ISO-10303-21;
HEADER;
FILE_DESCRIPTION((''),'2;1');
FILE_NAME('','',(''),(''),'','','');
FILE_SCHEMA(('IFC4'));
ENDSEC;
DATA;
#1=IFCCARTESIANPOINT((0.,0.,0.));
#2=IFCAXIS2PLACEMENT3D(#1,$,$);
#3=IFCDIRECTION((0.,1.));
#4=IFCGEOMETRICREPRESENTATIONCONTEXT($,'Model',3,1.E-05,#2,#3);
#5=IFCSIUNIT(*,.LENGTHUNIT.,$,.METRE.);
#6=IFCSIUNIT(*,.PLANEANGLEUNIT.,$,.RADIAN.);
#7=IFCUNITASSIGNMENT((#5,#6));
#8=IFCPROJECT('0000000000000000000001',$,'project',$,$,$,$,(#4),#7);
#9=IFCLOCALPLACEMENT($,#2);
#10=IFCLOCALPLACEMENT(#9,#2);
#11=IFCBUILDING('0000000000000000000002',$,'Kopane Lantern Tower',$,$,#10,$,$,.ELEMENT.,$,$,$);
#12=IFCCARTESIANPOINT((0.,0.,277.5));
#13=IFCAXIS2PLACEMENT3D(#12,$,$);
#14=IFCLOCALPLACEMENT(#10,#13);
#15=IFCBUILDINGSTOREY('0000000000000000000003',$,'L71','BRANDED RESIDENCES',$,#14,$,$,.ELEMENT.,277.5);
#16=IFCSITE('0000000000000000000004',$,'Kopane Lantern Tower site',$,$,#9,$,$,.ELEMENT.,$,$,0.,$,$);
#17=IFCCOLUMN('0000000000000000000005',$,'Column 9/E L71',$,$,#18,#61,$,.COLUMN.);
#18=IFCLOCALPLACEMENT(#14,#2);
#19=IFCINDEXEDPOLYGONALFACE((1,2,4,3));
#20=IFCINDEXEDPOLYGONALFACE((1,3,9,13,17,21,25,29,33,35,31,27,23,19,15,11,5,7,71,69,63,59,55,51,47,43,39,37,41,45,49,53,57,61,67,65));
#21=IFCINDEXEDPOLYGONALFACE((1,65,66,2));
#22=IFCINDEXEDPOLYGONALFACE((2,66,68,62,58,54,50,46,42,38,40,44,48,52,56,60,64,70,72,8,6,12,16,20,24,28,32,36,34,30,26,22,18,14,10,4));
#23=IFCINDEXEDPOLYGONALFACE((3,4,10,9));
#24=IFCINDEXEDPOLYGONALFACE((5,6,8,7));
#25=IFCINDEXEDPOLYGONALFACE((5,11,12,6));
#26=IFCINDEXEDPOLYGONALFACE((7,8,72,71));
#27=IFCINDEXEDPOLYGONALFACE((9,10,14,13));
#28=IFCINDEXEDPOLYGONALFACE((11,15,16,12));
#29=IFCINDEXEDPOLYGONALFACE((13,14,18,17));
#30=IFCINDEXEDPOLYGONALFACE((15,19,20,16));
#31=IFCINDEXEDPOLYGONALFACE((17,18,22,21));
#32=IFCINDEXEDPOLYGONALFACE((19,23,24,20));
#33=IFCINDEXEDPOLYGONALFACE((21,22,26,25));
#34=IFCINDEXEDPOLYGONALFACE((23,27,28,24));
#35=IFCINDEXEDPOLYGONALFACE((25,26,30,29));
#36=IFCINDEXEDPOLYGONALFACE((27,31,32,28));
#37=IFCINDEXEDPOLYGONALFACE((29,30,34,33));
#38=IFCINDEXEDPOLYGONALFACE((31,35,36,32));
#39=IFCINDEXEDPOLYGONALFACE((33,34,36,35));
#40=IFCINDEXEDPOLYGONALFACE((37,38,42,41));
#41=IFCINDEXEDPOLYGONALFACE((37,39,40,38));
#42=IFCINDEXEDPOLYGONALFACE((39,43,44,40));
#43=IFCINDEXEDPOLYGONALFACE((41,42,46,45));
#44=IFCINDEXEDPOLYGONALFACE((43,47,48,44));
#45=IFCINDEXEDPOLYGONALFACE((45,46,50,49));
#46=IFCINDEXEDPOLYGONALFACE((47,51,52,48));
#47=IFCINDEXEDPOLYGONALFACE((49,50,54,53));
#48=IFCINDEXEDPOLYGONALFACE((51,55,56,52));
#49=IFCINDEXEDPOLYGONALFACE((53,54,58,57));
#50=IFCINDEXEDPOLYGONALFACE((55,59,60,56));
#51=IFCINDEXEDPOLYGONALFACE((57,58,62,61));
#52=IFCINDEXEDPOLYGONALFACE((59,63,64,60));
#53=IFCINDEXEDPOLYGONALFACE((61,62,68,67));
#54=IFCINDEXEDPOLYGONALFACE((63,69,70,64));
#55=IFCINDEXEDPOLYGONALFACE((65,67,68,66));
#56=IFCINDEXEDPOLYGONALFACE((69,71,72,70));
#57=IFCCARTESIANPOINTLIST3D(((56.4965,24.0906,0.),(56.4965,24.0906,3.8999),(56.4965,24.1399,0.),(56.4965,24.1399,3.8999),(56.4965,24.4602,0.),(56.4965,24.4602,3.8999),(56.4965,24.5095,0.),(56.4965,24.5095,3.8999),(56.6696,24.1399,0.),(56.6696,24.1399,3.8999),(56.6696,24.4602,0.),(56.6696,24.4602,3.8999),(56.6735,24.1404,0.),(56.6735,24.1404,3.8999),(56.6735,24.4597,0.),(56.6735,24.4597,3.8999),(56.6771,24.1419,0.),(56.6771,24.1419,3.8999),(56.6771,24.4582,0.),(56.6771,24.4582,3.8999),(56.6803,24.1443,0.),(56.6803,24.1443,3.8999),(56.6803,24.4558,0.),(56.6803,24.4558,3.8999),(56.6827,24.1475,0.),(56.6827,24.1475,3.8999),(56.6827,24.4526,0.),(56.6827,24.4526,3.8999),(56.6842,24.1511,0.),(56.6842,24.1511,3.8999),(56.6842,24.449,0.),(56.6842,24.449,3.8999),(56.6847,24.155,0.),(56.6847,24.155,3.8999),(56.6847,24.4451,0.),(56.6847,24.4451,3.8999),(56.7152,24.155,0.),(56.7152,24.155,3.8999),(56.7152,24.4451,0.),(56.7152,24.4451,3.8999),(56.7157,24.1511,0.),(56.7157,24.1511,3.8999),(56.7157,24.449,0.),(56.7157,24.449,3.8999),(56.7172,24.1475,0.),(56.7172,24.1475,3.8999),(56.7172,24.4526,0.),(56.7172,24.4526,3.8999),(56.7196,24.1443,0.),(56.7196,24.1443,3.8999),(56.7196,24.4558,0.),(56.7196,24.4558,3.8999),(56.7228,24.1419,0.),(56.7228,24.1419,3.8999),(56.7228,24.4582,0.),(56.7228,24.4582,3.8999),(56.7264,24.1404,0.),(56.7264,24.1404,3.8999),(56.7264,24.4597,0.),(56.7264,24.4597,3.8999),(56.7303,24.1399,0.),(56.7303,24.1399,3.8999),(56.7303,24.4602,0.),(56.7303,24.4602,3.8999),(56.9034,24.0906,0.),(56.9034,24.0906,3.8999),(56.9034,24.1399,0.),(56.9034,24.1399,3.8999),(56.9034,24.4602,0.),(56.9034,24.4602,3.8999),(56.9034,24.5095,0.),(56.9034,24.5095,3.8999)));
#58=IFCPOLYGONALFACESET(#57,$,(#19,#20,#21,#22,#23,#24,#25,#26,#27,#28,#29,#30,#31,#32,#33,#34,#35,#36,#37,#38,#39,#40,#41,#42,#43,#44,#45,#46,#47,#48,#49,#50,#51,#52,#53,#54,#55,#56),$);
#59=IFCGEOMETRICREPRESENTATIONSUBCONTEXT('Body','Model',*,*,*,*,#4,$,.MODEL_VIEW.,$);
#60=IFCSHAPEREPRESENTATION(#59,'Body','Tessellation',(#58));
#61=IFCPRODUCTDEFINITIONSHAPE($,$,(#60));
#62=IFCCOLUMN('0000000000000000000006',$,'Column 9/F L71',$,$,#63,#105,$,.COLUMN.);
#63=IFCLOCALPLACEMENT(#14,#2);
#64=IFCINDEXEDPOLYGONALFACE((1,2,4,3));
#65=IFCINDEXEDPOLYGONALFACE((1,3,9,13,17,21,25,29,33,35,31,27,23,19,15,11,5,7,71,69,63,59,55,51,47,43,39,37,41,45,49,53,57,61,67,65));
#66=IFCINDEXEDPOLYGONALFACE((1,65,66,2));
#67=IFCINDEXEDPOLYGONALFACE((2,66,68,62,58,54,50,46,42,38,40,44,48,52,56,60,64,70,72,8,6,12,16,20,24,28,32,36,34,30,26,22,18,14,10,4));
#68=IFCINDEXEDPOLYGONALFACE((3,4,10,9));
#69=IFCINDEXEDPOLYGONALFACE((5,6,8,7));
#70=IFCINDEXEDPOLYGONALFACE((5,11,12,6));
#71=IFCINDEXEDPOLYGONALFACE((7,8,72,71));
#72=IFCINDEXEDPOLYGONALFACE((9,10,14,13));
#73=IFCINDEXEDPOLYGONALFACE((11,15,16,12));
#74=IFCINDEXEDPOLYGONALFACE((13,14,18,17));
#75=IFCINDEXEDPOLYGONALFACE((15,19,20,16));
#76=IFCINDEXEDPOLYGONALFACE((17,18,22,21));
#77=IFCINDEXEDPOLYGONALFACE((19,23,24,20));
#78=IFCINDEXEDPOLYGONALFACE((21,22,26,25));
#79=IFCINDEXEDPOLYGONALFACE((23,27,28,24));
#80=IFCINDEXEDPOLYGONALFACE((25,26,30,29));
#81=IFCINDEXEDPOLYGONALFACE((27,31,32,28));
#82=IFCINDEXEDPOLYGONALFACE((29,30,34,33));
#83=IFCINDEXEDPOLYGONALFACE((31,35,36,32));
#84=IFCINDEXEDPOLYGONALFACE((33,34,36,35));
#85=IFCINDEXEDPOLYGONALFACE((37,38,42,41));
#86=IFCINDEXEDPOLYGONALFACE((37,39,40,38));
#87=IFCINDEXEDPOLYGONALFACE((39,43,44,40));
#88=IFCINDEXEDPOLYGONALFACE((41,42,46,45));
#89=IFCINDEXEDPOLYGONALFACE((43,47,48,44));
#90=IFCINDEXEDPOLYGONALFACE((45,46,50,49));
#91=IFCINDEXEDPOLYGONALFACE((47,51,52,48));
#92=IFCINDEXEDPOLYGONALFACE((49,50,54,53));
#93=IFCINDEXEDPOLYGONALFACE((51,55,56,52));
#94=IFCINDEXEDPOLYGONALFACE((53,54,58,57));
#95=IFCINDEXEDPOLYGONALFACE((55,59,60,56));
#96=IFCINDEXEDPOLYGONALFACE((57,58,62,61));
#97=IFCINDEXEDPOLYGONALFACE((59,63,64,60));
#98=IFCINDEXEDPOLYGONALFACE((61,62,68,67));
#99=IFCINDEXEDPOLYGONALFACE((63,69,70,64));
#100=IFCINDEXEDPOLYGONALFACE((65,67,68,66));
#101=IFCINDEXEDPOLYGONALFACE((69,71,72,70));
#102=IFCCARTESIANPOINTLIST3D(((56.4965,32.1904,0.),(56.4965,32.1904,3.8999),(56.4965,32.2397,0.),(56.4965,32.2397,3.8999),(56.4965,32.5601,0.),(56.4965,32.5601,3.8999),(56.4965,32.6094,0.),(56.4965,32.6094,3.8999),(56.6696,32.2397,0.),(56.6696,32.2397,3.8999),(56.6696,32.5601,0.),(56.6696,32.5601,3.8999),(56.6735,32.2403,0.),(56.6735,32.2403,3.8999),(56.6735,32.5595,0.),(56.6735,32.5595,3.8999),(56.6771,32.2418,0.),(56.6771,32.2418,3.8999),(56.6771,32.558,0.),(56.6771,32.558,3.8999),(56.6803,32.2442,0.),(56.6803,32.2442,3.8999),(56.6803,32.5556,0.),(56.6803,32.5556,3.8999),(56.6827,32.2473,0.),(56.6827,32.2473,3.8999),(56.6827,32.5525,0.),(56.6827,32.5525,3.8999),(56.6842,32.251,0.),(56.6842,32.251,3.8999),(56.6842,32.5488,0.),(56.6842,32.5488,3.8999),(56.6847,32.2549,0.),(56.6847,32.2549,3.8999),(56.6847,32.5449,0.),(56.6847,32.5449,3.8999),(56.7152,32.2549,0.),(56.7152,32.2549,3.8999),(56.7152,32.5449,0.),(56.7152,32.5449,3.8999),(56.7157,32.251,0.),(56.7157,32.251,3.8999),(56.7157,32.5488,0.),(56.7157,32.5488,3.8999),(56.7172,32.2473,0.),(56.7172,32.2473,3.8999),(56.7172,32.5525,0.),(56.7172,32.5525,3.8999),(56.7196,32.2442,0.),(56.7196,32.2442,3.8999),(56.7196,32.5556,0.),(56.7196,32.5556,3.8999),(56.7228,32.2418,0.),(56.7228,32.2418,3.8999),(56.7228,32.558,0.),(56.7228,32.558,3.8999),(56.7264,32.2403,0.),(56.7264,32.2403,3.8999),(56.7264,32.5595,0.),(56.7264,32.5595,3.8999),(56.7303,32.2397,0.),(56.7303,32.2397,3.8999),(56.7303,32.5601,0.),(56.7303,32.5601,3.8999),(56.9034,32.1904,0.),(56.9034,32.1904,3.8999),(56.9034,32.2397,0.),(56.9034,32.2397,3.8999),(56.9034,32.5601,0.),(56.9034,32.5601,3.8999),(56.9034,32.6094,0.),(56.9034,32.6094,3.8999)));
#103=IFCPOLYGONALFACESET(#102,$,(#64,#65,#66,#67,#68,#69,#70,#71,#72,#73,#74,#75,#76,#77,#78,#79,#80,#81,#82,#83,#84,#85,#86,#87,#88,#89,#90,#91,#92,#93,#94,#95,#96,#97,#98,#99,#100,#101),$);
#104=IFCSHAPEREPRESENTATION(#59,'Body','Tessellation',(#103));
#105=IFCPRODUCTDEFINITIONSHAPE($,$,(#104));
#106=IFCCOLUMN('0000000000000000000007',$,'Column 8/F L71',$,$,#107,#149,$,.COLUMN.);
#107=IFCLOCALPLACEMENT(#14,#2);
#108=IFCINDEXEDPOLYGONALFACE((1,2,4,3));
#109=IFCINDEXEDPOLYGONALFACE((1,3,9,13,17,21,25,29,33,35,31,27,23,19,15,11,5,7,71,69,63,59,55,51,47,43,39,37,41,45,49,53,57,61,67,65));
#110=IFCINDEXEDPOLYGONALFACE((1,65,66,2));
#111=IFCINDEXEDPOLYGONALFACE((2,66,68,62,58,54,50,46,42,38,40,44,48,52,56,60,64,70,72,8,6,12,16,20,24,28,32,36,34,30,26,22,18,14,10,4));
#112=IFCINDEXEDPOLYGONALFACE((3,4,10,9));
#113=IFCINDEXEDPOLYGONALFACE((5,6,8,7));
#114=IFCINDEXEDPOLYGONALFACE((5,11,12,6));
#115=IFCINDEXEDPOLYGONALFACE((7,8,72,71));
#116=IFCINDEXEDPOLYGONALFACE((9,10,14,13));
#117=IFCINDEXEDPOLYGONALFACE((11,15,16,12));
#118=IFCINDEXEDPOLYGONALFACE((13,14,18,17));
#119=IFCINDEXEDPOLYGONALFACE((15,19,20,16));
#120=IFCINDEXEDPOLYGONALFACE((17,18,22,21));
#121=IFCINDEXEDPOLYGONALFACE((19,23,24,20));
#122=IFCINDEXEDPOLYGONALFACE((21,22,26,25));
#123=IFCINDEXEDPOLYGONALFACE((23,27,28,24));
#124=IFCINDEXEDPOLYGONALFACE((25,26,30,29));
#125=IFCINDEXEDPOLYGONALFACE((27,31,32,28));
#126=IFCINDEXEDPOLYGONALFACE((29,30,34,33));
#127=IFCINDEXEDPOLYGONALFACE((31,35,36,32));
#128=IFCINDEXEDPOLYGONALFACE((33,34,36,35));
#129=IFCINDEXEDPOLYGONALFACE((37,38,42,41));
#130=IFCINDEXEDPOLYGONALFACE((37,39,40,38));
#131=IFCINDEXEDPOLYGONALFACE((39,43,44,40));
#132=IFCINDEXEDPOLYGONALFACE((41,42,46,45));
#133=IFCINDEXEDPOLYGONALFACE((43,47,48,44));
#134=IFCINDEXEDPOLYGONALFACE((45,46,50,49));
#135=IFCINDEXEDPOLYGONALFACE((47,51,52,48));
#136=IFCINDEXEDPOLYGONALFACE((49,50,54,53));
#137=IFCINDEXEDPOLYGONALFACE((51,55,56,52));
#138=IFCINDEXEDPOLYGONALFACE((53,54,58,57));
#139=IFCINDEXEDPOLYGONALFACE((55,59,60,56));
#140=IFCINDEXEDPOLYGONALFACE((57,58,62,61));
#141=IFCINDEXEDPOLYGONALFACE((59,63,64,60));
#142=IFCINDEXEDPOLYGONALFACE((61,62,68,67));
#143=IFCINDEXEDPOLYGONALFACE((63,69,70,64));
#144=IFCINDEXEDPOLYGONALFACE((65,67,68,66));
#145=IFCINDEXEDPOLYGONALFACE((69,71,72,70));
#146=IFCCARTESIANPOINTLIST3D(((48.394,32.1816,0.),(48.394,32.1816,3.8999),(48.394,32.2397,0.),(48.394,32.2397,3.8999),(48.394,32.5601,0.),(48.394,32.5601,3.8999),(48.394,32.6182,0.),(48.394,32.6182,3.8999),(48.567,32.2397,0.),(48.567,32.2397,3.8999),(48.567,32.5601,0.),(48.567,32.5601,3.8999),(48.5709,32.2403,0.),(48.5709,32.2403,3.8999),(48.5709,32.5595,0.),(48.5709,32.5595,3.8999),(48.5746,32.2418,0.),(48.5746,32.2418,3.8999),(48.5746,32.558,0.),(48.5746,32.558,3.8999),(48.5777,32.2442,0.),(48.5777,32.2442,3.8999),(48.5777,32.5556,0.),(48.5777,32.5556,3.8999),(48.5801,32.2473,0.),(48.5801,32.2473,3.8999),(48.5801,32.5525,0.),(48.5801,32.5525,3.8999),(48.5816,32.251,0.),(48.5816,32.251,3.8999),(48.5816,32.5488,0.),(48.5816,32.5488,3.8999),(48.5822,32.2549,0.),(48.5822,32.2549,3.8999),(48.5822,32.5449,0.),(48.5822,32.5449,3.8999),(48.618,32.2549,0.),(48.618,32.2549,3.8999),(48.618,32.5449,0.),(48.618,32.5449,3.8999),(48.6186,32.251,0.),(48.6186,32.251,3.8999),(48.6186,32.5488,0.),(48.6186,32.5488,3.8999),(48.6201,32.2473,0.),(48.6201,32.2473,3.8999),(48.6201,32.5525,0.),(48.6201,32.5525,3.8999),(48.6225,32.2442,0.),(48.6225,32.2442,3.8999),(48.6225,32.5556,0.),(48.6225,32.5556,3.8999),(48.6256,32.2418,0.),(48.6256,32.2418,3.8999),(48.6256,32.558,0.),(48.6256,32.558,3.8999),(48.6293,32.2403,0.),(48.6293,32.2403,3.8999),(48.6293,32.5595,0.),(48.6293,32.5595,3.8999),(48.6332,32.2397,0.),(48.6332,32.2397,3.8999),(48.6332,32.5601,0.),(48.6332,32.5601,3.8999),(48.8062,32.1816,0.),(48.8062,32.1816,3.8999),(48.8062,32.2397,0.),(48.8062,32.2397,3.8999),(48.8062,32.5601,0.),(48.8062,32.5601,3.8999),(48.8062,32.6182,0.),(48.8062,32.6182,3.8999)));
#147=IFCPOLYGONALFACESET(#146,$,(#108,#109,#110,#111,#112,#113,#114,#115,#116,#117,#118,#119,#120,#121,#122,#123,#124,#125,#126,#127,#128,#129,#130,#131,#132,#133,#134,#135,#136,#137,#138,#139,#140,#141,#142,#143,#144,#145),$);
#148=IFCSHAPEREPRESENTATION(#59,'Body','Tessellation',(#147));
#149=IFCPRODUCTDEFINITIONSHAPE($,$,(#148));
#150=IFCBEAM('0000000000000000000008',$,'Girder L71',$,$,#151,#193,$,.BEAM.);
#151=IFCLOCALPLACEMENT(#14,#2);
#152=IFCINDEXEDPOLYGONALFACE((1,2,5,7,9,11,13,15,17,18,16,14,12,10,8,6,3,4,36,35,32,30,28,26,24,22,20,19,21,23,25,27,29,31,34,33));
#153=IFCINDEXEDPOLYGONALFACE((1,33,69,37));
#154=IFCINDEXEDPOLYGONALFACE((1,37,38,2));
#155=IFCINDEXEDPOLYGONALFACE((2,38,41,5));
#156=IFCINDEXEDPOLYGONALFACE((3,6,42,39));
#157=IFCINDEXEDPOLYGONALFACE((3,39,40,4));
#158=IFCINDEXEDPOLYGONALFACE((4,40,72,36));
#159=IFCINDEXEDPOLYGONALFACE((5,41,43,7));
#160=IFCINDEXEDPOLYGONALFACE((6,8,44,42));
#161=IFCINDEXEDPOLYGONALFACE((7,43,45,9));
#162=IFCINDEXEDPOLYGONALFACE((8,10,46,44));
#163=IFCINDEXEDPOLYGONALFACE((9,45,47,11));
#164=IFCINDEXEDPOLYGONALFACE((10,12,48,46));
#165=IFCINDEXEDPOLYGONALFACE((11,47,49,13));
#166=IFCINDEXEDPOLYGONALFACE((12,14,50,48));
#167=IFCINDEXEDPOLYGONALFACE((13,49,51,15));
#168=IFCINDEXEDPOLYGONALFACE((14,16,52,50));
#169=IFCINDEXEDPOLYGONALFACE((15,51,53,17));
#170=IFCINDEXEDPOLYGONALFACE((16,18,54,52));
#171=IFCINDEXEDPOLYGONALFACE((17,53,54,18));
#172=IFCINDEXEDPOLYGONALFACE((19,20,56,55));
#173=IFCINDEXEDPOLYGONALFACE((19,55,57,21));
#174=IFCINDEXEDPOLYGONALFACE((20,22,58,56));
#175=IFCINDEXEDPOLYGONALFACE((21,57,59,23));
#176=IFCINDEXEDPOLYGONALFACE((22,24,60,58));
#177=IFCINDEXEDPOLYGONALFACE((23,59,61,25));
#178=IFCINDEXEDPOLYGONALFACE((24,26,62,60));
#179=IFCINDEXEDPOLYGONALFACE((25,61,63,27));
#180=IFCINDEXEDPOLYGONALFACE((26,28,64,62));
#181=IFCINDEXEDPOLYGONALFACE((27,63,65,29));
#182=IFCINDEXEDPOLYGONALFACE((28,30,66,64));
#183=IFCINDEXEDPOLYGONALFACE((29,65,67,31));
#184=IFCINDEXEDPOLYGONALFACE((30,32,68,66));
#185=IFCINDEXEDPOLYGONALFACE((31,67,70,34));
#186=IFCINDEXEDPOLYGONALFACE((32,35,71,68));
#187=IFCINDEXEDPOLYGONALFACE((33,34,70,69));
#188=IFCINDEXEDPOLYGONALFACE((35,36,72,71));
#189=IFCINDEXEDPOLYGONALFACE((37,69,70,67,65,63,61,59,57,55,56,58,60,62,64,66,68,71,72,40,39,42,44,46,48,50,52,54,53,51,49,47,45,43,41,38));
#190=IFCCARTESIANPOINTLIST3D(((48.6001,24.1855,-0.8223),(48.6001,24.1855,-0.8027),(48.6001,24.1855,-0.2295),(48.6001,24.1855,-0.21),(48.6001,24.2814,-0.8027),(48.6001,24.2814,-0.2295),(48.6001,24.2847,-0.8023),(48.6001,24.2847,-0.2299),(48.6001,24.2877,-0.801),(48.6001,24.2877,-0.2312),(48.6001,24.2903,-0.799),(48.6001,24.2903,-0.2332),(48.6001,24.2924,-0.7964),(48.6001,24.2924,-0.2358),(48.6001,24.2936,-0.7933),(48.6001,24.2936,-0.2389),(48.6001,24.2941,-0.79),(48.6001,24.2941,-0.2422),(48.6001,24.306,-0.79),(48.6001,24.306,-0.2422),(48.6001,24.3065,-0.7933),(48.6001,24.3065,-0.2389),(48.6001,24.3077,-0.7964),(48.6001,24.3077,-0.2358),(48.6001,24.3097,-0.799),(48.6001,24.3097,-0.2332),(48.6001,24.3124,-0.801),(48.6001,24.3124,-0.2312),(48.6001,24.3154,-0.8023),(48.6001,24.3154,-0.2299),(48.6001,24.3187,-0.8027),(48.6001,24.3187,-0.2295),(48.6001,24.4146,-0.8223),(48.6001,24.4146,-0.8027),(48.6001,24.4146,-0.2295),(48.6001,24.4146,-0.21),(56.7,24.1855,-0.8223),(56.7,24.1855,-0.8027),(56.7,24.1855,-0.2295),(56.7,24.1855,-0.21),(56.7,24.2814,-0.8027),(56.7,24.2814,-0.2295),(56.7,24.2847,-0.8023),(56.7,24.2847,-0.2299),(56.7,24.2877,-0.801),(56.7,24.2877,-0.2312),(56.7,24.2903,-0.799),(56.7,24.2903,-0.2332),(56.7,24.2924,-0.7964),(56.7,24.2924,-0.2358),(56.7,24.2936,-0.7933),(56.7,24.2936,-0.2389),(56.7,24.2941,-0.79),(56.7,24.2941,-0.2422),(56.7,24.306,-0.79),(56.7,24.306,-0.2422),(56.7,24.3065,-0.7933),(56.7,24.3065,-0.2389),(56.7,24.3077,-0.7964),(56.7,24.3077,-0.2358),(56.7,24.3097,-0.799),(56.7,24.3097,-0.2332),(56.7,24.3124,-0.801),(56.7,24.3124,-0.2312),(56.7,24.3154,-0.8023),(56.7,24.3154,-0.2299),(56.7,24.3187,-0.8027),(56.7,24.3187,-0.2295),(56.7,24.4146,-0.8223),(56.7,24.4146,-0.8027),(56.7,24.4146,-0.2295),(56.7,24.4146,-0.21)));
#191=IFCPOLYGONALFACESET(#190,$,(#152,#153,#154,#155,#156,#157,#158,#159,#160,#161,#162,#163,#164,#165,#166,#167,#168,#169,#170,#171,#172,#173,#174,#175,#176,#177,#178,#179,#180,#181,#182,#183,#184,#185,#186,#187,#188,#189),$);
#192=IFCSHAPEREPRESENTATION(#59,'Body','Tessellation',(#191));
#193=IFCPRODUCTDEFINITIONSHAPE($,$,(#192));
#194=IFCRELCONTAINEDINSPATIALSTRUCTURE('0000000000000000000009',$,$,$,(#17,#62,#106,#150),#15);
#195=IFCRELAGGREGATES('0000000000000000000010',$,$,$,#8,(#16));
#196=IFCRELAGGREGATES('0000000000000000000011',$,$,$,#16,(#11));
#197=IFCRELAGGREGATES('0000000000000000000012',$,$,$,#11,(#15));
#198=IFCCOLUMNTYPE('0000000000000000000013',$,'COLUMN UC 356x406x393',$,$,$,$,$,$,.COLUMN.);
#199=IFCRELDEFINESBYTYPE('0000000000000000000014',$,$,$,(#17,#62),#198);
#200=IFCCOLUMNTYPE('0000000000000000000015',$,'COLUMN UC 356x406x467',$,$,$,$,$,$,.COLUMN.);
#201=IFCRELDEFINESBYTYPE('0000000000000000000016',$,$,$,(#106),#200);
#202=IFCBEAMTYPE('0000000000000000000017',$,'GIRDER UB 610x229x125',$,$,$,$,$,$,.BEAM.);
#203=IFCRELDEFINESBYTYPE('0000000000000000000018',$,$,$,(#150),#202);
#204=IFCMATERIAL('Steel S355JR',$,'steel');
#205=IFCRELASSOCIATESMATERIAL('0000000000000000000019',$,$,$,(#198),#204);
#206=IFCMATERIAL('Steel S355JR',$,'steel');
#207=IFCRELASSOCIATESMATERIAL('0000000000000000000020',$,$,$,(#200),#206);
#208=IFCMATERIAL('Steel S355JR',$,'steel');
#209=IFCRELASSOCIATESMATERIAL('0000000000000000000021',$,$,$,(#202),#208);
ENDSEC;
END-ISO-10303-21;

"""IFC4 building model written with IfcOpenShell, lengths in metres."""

from ifc_helpers import new_model, si_unit, direction, frame, origin, origin_2d, place, context, subcontext, project, spatial, i_section, extrude, material, material_profile, profile_set, type_object, element, save


model = new_model("IFC4")

# Units and contexts
model_context = context("Model", 3, precision=1e-05, world=origin(), true_north=direction((0.0, 1.0)))
body_context = subcontext(model_context, "Body", "Model", "MODEL_VIEW")
ifc_project = project(units=[si_unit("LENGTHUNIT", "METRE"), si_unit("PLANEANGLEUNIT", "RADIAN")], contexts=[model_context])

# Site, building, storey
site_placement = place(None, origin())
site = spatial("IfcSite", under=ifc_project, at=site_placement, Name="Kopane Lantern Tower site", CompositionType="ELEMENT", RefElevation=0.0)
building_placement = place(site_placement, origin())
building = spatial("IfcBuilding", under=site, at=building_placement, Name="Kopane Lantern Tower", CompositionType="ELEMENT")
storey_placement = place(building_placement, frame((0.0, 0.0, 277.5)))
storey = spatial("IfcBuildingStorey", under=building, at=storey_placement, Name="L71", Description="BRANDED RESIDENCES", CompositionType="ELEMENT", Elevation=277.5)

# Columns
ifc_material_1 = material(Name="Steel S355JR", Category="steel")
ifc_material_profile_1 = material_profile(ifc_material_1, i_section(OverallWidth=0.407, OverallDepth=0.4189, WebThickness=0.0305, FlangeThickness=0.0493, FilletRadius=0.0151, at=origin_2d()), Name="UC 356x406x393")
ifc_profile_set_1 = profile_set([ifc_material_profile_1], Name="Steel S355JR")
column_type_1 = type_object("IfcColumnType", Name="COLUMN UC 356x406x393", PredefinedType="COLUMN", material=ifc_profile_set_1)
for number, where, z_axis, x_axis, name in (
    (1, (56.7, 24.3, 0.0), (0.0, 0.0, 1.0), (1.0, 0.0, 0.0), "Column 9/E L71"),
    (2, (56.7, 32.3999, 0.0), (0.0, 0.0, 1.0), (1.0, 0.0, 0.0), "Column 9/F L71"),
):
    element("IfcColumn", number, at=place(storey_placement, frame(where, z_axis=z_axis, x_axis=x_axis)), inside=storey, type_object=column_type_1, Name=name, PredefinedType="COLUMN", context=body_context, shape_type="SweptSolid", body=[
        extrude(i_section(OverallWidth=0.407, OverallDepth=0.4189, WebThickness=0.0305, FlangeThickness=0.0493, FilletRadius=0.0151, at=origin_2d()), origin(), (0.0, 0.0, 1.0), 3.8999),
    ])
ifc_material_2 = material(Name="Steel S355JR", Category="steel")
ifc_material_profile_2 = material_profile(ifc_material_2, i_section(OverallWidth=0.4121, OverallDepth=0.4365, WebThickness=0.0359, FlangeThickness=0.0581, FilletRadius=0.0151, at=origin_2d()), Name="UC 356x406x467")
ifc_profile_set_2 = profile_set([ifc_material_profile_2], Name="Steel S355JR")
column_type_2 = type_object("IfcColumnType", Name="COLUMN UC 356x406x467", PredefinedType="COLUMN", material=ifc_profile_set_2)
column_placement = place(storey_placement, frame((48.6001, 32.3999, 0.0), z_axis=(0.0, 0.0, 1.0), x_axis=(1.0, 0.0, 0.0)))
element("IfcColumn", 3, at=column_placement, inside=storey, type_object=column_type_2, Name="Column 8/F L71", PredefinedType="COLUMN", context=body_context, shape_type="SweptSolid", body=[
    extrude(i_section(OverallWidth=0.4121, OverallDepth=0.4365, WebThickness=0.0359, FlangeThickness=0.0581, FilletRadius=0.0151, at=origin_2d()), origin(), (0.0, 0.0, 1.0), 3.8999),
])

# Beam
ifc_material_3 = material(Name="Steel S355JR", Category="steel")
ifc_material_profile_3 = material_profile(ifc_material_3, i_section(OverallWidth=0.229, OverallDepth=0.6123, WebThickness=0.012, FlangeThickness=0.0195, FilletRadius=0.0127, at=origin_2d()), Name="UB 610x229x125")
ifc_profile_set_3 = profile_set([ifc_material_profile_3], Name="Steel S355JR")
beam_type = type_object("IfcBeamType", Name="GIRDER UB 610x229x125", PredefinedType="BEAM", material=ifc_profile_set_3)
beam_1_placement = place(storey_placement, frame((48.6001, 24.3, -0.5161), z_axis=(1.0, 0.0, 0.0), x_axis=(0.0, 1.0, 0.0)))
element("IfcBeam", 4, at=beam_1_placement, inside=storey, type_object=beam_type, Name="Girder L71", PredefinedType="BEAM", context=body_context, shape_type="SweptSolid", body=[
    extrude(i_section(OverallWidth=0.229, OverallDepth=0.6123, WebThickness=0.012, FlangeThickness=0.0195, FilletRadius=0.0127, at=origin_2d()), origin(), (0.0, 0.0, 1.0), 8.0999),
])

save(model, "model.ifc")
